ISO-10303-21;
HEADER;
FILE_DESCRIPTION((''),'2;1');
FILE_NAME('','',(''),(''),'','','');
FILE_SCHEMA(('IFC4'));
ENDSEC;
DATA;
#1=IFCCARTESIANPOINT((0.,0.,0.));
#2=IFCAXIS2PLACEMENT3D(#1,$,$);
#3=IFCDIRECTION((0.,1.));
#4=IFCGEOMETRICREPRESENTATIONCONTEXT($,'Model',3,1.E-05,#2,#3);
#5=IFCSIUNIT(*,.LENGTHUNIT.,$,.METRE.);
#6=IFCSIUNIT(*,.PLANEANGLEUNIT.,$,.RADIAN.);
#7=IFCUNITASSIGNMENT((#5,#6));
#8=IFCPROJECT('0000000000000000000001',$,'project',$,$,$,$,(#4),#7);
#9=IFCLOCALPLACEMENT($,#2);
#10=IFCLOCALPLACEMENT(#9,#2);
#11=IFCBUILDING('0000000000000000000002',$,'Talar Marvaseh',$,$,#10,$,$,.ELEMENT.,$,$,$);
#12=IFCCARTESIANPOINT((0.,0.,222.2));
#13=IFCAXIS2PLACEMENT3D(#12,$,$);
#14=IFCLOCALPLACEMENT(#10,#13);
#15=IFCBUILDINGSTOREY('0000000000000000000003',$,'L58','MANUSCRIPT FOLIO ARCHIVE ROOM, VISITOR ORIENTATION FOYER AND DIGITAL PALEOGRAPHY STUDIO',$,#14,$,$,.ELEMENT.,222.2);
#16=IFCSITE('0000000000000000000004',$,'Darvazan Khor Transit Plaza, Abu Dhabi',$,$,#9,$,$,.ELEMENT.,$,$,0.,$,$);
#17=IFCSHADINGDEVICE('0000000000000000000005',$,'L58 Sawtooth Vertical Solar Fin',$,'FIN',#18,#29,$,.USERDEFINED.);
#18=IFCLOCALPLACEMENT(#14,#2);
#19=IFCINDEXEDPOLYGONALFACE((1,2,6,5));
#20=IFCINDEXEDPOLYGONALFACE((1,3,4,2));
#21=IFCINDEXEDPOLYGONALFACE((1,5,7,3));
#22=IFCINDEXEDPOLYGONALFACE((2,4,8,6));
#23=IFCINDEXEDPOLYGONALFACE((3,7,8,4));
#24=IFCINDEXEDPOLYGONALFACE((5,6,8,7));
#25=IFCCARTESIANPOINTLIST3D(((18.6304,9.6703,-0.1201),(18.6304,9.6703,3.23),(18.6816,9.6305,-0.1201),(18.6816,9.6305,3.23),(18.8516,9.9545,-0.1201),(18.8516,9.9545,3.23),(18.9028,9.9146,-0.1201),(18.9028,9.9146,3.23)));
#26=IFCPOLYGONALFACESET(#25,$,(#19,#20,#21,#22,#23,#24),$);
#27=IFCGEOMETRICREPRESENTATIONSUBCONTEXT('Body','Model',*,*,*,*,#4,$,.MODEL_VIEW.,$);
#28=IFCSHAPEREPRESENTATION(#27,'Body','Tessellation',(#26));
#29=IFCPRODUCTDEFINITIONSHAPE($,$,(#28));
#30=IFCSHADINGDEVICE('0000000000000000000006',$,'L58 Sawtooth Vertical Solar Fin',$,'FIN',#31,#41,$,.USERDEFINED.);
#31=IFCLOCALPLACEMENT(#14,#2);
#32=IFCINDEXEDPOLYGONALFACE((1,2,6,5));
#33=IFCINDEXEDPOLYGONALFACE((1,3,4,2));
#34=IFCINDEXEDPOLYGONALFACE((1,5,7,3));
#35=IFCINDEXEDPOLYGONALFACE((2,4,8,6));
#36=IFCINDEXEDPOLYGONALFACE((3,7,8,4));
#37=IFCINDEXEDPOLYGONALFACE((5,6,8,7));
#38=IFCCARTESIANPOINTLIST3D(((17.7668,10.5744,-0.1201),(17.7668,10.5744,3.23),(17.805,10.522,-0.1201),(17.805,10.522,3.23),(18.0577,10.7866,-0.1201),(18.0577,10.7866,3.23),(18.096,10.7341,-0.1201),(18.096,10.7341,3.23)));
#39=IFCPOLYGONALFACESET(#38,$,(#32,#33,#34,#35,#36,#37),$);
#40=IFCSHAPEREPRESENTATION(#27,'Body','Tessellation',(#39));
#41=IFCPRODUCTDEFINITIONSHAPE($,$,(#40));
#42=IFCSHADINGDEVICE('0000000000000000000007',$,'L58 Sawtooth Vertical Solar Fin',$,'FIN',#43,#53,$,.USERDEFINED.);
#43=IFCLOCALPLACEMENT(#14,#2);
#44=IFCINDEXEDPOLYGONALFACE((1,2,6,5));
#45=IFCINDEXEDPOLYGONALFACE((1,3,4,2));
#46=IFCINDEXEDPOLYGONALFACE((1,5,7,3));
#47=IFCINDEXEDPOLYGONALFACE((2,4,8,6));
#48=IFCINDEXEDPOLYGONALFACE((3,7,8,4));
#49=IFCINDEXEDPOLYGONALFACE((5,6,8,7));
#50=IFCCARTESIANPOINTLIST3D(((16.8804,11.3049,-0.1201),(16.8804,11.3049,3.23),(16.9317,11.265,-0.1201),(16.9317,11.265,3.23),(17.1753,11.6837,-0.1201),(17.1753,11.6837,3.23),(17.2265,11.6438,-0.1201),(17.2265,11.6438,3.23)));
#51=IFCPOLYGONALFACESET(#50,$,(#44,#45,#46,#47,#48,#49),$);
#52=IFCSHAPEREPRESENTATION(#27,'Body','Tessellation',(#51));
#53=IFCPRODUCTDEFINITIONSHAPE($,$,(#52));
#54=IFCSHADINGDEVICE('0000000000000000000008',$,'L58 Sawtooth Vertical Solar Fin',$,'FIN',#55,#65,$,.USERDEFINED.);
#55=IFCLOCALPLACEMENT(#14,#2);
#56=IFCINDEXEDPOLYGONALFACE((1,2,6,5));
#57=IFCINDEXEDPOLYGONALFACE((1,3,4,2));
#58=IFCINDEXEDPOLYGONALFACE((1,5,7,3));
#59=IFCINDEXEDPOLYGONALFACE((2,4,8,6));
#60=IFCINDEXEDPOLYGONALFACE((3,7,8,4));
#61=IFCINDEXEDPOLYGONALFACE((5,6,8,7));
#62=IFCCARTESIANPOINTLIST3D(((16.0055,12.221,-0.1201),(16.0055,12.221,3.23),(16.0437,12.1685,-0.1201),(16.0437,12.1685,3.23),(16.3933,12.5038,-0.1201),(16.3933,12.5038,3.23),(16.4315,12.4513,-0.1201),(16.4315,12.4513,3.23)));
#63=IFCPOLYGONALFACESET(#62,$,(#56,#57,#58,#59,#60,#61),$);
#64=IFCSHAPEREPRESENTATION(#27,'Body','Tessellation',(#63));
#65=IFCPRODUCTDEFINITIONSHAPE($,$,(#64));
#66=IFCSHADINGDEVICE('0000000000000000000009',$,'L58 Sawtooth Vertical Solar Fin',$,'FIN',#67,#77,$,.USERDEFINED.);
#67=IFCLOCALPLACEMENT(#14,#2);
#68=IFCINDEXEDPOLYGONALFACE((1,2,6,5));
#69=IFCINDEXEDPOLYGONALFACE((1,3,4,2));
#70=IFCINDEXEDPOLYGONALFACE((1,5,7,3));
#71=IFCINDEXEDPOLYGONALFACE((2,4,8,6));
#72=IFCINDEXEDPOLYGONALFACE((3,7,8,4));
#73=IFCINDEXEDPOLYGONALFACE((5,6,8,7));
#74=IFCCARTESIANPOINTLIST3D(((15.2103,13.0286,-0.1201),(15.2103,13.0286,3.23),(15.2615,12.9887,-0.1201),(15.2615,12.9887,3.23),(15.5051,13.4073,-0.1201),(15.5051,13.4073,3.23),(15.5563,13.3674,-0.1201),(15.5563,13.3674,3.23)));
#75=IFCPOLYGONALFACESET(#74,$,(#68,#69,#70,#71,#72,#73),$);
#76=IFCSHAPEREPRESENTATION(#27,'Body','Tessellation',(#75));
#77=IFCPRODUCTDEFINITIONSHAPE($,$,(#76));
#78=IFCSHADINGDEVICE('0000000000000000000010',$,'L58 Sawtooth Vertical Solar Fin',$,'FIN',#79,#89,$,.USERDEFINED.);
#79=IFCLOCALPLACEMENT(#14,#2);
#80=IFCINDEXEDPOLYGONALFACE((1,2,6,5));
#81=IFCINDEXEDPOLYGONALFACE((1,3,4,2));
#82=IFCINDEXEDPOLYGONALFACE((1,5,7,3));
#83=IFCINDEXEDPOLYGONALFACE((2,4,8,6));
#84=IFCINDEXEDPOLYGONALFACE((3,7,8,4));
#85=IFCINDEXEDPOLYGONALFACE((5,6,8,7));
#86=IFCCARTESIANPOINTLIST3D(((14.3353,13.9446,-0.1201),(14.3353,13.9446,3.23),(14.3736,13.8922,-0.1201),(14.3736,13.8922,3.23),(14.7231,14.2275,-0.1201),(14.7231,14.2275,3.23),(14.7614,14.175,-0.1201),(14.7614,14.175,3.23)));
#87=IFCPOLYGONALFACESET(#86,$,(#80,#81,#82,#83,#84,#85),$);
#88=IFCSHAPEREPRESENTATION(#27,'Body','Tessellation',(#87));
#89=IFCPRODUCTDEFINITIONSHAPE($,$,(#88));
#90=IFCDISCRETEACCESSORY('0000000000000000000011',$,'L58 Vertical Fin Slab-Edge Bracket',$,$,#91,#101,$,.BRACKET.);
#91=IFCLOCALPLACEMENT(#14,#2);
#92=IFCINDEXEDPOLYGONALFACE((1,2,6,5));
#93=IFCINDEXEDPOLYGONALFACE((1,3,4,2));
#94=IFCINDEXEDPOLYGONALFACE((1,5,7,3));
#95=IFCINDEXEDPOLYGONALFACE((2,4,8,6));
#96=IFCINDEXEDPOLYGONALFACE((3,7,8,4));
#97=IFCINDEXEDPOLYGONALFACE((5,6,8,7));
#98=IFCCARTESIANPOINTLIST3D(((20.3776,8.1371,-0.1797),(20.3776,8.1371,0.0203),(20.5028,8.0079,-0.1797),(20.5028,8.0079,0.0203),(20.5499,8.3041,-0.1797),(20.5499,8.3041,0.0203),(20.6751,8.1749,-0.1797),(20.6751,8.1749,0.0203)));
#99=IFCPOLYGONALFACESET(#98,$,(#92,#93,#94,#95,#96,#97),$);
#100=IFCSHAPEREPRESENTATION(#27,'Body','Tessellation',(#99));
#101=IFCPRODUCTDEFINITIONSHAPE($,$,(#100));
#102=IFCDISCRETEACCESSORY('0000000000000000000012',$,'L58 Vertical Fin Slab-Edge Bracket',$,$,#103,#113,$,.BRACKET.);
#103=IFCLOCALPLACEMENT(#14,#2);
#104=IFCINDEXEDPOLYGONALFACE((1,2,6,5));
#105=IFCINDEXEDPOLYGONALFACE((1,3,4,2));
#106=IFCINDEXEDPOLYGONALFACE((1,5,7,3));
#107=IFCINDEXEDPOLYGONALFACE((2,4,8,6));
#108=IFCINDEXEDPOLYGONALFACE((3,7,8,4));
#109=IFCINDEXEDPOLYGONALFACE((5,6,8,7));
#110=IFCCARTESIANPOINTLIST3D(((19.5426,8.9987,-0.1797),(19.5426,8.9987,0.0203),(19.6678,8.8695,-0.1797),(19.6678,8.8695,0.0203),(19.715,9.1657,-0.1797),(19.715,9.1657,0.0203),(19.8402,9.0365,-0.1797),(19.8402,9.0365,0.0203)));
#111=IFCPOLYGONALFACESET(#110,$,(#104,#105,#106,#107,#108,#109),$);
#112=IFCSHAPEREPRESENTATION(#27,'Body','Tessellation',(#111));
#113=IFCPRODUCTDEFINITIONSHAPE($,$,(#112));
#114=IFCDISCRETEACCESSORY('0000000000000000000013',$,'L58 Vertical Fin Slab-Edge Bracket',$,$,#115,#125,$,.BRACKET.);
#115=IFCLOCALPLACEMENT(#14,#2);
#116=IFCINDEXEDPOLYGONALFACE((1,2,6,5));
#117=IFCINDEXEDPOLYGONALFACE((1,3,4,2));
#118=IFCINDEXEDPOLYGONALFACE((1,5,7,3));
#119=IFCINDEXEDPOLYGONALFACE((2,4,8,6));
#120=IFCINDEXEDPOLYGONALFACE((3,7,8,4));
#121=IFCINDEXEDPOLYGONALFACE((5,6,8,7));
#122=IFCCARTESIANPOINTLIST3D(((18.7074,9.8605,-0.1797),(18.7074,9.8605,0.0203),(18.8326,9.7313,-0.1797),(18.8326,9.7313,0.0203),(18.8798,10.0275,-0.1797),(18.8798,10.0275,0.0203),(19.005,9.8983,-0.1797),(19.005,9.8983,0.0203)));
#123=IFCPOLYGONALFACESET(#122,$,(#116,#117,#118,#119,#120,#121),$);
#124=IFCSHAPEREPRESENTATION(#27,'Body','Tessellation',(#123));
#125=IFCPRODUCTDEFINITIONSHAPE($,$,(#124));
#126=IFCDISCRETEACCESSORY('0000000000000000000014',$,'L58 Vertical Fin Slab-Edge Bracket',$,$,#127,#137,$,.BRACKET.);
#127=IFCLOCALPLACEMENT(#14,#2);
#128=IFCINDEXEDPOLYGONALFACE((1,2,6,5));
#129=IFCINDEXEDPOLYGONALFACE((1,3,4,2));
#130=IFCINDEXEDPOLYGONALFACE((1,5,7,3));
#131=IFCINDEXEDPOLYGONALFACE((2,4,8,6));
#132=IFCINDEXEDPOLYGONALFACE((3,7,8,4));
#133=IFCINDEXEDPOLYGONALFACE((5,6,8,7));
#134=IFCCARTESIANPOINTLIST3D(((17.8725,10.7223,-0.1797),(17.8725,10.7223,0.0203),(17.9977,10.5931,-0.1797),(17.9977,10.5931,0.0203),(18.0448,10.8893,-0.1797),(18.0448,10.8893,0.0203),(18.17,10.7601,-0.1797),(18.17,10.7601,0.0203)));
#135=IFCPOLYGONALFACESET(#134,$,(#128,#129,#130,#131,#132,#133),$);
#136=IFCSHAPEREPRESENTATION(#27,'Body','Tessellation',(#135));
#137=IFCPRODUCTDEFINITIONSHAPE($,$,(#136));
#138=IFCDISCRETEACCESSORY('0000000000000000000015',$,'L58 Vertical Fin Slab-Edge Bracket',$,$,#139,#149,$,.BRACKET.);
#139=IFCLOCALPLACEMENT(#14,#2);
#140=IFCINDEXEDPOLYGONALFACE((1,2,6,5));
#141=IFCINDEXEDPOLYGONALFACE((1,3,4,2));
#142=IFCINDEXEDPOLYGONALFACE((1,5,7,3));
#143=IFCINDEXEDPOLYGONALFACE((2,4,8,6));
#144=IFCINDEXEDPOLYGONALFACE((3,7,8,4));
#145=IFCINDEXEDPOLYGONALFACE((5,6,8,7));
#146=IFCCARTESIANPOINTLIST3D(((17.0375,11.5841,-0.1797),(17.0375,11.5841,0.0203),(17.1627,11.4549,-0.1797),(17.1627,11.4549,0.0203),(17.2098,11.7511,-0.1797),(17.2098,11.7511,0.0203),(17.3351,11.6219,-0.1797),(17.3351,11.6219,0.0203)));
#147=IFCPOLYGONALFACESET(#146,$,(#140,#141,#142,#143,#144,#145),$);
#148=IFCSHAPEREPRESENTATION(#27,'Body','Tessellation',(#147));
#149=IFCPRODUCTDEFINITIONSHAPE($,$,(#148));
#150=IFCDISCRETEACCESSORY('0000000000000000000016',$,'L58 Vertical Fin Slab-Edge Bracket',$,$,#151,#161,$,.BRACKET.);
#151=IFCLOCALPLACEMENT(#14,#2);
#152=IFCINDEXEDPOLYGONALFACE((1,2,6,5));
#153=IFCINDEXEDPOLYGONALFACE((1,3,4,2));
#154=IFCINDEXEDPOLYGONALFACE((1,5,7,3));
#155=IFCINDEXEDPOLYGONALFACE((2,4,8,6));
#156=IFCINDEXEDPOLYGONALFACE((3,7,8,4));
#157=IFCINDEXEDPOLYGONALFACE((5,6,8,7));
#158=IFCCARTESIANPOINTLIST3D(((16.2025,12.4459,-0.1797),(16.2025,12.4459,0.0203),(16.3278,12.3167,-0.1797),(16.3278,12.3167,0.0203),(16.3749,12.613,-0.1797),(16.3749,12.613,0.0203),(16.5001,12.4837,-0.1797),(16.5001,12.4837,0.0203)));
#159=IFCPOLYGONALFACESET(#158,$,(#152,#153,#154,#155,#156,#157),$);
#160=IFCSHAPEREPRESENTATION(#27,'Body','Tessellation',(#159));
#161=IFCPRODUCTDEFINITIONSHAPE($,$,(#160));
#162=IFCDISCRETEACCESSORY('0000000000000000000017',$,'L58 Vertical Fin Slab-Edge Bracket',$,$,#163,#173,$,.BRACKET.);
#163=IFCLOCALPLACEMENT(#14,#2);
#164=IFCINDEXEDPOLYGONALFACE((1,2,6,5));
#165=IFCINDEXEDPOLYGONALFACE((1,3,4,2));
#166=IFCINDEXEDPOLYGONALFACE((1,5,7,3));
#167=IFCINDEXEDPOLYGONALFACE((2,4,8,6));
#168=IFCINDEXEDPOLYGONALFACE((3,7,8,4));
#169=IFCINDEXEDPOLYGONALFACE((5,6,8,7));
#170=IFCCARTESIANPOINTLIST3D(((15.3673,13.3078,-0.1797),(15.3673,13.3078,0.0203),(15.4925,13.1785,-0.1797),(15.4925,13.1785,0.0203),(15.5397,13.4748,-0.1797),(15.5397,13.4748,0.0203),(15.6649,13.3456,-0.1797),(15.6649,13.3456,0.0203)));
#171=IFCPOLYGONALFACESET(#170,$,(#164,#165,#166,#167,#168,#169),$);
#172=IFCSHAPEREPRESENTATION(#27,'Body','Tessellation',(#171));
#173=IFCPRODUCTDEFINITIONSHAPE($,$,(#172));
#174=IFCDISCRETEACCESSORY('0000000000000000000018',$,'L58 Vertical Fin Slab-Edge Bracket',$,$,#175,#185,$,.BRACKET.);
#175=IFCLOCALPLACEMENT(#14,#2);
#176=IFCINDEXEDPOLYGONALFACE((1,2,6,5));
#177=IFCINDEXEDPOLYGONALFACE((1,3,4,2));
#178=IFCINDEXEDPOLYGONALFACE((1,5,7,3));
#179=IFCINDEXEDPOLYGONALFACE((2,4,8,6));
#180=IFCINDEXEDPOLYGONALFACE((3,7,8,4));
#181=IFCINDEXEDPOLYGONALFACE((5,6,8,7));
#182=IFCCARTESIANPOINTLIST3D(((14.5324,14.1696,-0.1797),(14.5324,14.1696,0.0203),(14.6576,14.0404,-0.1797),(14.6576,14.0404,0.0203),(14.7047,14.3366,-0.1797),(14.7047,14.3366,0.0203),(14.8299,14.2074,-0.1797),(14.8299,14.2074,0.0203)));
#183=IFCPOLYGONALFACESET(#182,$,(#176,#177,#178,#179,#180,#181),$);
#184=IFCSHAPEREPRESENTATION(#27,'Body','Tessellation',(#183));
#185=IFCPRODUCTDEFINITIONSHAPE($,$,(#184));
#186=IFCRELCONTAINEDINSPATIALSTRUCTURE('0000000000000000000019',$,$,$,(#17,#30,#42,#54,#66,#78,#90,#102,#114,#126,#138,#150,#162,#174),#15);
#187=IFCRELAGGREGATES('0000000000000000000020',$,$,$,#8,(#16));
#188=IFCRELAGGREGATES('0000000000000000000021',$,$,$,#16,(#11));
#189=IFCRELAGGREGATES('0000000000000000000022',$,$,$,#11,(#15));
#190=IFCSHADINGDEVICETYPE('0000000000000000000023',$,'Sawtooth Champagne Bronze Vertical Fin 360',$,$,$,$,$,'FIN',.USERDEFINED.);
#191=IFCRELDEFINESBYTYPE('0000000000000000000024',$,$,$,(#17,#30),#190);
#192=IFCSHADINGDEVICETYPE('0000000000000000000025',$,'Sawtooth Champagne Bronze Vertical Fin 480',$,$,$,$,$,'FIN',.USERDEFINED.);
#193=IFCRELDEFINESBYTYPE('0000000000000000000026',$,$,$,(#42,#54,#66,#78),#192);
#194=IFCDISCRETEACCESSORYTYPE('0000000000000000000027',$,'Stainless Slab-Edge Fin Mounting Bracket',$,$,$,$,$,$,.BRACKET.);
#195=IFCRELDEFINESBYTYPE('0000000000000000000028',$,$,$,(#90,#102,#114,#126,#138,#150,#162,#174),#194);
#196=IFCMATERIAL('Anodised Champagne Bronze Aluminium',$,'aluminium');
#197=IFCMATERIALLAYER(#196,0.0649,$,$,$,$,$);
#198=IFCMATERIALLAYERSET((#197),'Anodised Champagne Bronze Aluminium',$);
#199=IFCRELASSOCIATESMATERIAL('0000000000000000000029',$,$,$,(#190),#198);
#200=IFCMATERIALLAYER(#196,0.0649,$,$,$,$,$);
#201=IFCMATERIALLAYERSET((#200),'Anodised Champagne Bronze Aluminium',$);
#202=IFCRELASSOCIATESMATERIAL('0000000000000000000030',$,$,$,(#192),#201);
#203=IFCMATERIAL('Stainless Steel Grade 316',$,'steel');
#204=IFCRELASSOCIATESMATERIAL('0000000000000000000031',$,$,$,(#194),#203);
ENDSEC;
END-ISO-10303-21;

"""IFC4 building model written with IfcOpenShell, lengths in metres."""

from ifc_helpers import new_model, si_unit, direction, frame, origin, origin_2d, place, context, subcontext, project, spatial, rectangle, extrude, source, transform, mapped, material, layer, layer_set, type_object, type_shapes, element, save


model = new_model("IFC4")

# Units and contexts
model_context = context("Model", 3, precision=1e-05, world=origin(), true_north=direction((0.0, 1.0)))
body_context = subcontext(model_context, "Body", "Model", "MODEL_VIEW")
ifc_project = project(units=[si_unit("LENGTHUNIT", "METRE"), si_unit("PLANEANGLEUNIT", "RADIAN")], contexts=[model_context])

# Site, building, storey
site_placement = place(None, origin())
site = spatial("IfcSite", under=ifc_project, at=site_placement, Name="Darvazan Khor Transit Plaza, Abu Dhabi", CompositionType="ELEMENT", RefElevation=0.0)
building_placement = place(site_placement, origin())
building = spatial("IfcBuilding", under=site, at=building_placement, Name="Talar Marvaseh", CompositionType="ELEMENT")
storey_placement = place(building_placement, frame((0.0, 0.0, 222.2)))
storey = spatial("IfcBuildingStorey", under=building, at=storey_placement, Name="L58", Description="MANUSCRIPT FOLIO ARCHIVE ROOM, VISITOR ORIENTATION FOYER AND DIGITAL PALEOGRAPHY STUDIO", CompositionType="ELEMENT", Elevation=222.2)

# Shading devices
ifc_material_1 = material(Name="Anodised Champagne Bronze Aluminium", Category="aluminium")
ifc_layer_1 = layer(ifc_material_1, 0.0649)
ifc_layer_set_1 = layer_set([ifc_layer_1], Name="Anodised Champagne Bronze Aluminium")
shading_device_type_1 = type_object("IfcShadingDeviceType", Name="Sawtooth Champagne Bronze Vertical Fin 360", ElementType="FIN", PredefinedType="USERDEFINED", material=ifc_layer_set_1)
shared_shape_1 = source(origin(), body_context, "Body", "SweptSolid", [
    extrude(rectangle(XDim=0.3601, YDim=0.0649, at=origin_2d()), origin(), (0.0, 0.0, 1.0), 3.3501),
])
type_shapes(shading_device_type_1, [shared_shape_1])
for number, where, z_axis, x_axis, name in (
    (1, (18.7666, 9.7925, -0.1201), (0.0, 0.0, 1.0), (-0.614285, -0.789084, 0.0), "L58 Sawtooth Vertical Solar Fin"),
    (2, (17.9314, 10.6543, -0.1201), (0.0, 0.0, 1.0), (-0.80799, -0.589196, 0.0), "L58 Sawtooth Vertical Solar Fin"),
):
    element("IfcShadingDevice", number, at=place(storey_placement, frame(where, z_axis=z_axis, x_axis=x_axis)), inside=storey, type_object=shading_device_type_1, Name=name, ObjectType="FIN", PredefinedType="USERDEFINED", context=body_context, shape_type="MappedRepresentation", body=[
        mapped(shared_shape_1, transform((0.0, 0.0, 0.0), x_axis=(1.0, 0.0, 0.0), y_axis=(0.0, 1.0, 0.0), z_axis=(0.0, 0.0, 1.0), scale=1.0)),
    ])
ifc_layer_2 = layer(ifc_material_1, 0.0649)
ifc_layer_set_2 = layer_set([ifc_layer_2], Name="Anodised Champagne Bronze Aluminium")
shading_device_type_2 = type_object("IfcShadingDeviceType", Name="Sawtooth Champagne Bronze Vertical Fin 480", ElementType="FIN", PredefinedType="USERDEFINED", material=ifc_layer_set_2)
shared_shape_2 = source(origin(), body_context, "Body", "SweptSolid", [
    extrude(rectangle(XDim=0.48, YDim=0.0649, at=origin_2d()), origin(), (0.0, 0.0, 1.0), 3.3501),
])
type_shapes(shading_device_type_2, [shared_shape_2])
for number, where, z_axis, x_axis, name in (
    (3, (17.0535, 11.4744, -0.1201), (0.0, 0.0, 1.0), (-0.614285, -0.789084, 0.0), "L58 Sawtooth Vertical Solar Fin"),
    (4, (16.2185, 12.3362, -0.1201), (0.0, 0.0, 1.0), (-0.80799, -0.589196, 0.0), "L58 Sawtooth Vertical Solar Fin"),
    (5, (15.3833, 13.198, -0.1201), (0.0, 0.0, 1.0), (-0.614285, -0.789084, 0.0), "L58 Sawtooth Vertical Solar Fin"),
    (6, (14.5483, 14.0598, -0.1201), (0.0, 0.0, 1.0), (-0.80799, -0.589196, 0.0), "L58 Sawtooth Vertical Solar Fin"),
):
    element("IfcShadingDevice", number, at=place(storey_placement, frame(where, z_axis=z_axis, x_axis=x_axis)), inside=storey, type_object=shading_device_type_2, Name=name, ObjectType="FIN", PredefinedType="USERDEFINED", context=body_context, shape_type="MappedRepresentation", body=[
        mapped(shared_shape_2, transform((0.0, 0.0, 0.0), x_axis=(1.0, 0.0, 0.0), y_axis=(0.0, 1.0, 0.0), z_axis=(0.0, 0.0, 1.0), scale=1.0)),
    ])

# Discrete accessories
ifc_material_2 = material(Name="Stainless Steel Grade 316", Category="steel")
discrete_accessory_type = type_object("IfcDiscreteAccessoryType", Name="Stainless Slab-Edge Fin Mounting Bracket", PredefinedType="BRACKET", material=ifc_material_2)
shared_shape_3 = source(origin(), body_context, "Body", "SweptSolid", [
    extrude(rectangle(XDim=0.24, YDim=0.1799, at=origin_2d()), origin(), (0.0, 0.0, 1.0), 0.2),
])
type_shapes(discrete_accessory_type, [shared_shape_3])
for number, where, z_axis, x_axis, name in (
    (7, (20.5264, 8.156, -0.1797), (0.0, 0.0, 1.0), (-0.718126, -0.695913, 0.0), "L58 Vertical Fin Slab-Edge Bracket"),
    (8, (19.6914, 9.0176, -0.1797), (0.0, 0.0, 1.0), (-0.718126, -0.695913, 0.0), "L58 Vertical Fin Slab-Edge Bracket"),
    (9, (18.8562, 9.8794, -0.1797), (0.0, 0.0, 1.0), (-0.718126, -0.695913, 0.0), "L58 Vertical Fin Slab-Edge Bracket"),
    (10, (18.0212, 10.7412, -0.1797), (0.0, 0.0, 1.0), (-0.718126, -0.695913, 0.0), "L58 Vertical Fin Slab-Edge Bracket"),
    (11, (17.1863, 11.603, -0.1797), (0.0, 0.0, 1.0), (-0.718126, -0.695913, 0.0), "L58 Vertical Fin Slab-Edge Bracket"),
    (12, (16.3513, 12.4648, -0.1797), (0.0, 0.0, 1.0), (-0.718126, -0.695913, 0.0), "L58 Vertical Fin Slab-Edge Bracket"),
    (13, (15.5161, 13.3267, -0.1797), (0.0, 0.0, 1.0), (-0.718126, -0.695913, 0.0), "L58 Vertical Fin Slab-Edge Bracket"),
    (14, (14.6812, 14.1885, -0.1797), (0.0, 0.0, 1.0), (-0.718126, -0.695913, 0.0), "L58 Vertical Fin Slab-Edge Bracket"),
):
    element("IfcDiscreteAccessory", number, at=place(storey_placement, frame(where, z_axis=z_axis, x_axis=x_axis)), inside=storey, type_object=discrete_accessory_type, Name=name, PredefinedType="BRACKET", context=body_context, shape_type="MappedRepresentation", body=[
        mapped(shared_shape_3, transform((0.0, 0.0, 0.0), x_axis=(1.0, 0.0, 0.0), y_axis=(0.0, 1.0, 0.0), z_axis=(0.0, 0.0, 1.0), scale=1.0)),
    ])

save(model, "model.ifc")
